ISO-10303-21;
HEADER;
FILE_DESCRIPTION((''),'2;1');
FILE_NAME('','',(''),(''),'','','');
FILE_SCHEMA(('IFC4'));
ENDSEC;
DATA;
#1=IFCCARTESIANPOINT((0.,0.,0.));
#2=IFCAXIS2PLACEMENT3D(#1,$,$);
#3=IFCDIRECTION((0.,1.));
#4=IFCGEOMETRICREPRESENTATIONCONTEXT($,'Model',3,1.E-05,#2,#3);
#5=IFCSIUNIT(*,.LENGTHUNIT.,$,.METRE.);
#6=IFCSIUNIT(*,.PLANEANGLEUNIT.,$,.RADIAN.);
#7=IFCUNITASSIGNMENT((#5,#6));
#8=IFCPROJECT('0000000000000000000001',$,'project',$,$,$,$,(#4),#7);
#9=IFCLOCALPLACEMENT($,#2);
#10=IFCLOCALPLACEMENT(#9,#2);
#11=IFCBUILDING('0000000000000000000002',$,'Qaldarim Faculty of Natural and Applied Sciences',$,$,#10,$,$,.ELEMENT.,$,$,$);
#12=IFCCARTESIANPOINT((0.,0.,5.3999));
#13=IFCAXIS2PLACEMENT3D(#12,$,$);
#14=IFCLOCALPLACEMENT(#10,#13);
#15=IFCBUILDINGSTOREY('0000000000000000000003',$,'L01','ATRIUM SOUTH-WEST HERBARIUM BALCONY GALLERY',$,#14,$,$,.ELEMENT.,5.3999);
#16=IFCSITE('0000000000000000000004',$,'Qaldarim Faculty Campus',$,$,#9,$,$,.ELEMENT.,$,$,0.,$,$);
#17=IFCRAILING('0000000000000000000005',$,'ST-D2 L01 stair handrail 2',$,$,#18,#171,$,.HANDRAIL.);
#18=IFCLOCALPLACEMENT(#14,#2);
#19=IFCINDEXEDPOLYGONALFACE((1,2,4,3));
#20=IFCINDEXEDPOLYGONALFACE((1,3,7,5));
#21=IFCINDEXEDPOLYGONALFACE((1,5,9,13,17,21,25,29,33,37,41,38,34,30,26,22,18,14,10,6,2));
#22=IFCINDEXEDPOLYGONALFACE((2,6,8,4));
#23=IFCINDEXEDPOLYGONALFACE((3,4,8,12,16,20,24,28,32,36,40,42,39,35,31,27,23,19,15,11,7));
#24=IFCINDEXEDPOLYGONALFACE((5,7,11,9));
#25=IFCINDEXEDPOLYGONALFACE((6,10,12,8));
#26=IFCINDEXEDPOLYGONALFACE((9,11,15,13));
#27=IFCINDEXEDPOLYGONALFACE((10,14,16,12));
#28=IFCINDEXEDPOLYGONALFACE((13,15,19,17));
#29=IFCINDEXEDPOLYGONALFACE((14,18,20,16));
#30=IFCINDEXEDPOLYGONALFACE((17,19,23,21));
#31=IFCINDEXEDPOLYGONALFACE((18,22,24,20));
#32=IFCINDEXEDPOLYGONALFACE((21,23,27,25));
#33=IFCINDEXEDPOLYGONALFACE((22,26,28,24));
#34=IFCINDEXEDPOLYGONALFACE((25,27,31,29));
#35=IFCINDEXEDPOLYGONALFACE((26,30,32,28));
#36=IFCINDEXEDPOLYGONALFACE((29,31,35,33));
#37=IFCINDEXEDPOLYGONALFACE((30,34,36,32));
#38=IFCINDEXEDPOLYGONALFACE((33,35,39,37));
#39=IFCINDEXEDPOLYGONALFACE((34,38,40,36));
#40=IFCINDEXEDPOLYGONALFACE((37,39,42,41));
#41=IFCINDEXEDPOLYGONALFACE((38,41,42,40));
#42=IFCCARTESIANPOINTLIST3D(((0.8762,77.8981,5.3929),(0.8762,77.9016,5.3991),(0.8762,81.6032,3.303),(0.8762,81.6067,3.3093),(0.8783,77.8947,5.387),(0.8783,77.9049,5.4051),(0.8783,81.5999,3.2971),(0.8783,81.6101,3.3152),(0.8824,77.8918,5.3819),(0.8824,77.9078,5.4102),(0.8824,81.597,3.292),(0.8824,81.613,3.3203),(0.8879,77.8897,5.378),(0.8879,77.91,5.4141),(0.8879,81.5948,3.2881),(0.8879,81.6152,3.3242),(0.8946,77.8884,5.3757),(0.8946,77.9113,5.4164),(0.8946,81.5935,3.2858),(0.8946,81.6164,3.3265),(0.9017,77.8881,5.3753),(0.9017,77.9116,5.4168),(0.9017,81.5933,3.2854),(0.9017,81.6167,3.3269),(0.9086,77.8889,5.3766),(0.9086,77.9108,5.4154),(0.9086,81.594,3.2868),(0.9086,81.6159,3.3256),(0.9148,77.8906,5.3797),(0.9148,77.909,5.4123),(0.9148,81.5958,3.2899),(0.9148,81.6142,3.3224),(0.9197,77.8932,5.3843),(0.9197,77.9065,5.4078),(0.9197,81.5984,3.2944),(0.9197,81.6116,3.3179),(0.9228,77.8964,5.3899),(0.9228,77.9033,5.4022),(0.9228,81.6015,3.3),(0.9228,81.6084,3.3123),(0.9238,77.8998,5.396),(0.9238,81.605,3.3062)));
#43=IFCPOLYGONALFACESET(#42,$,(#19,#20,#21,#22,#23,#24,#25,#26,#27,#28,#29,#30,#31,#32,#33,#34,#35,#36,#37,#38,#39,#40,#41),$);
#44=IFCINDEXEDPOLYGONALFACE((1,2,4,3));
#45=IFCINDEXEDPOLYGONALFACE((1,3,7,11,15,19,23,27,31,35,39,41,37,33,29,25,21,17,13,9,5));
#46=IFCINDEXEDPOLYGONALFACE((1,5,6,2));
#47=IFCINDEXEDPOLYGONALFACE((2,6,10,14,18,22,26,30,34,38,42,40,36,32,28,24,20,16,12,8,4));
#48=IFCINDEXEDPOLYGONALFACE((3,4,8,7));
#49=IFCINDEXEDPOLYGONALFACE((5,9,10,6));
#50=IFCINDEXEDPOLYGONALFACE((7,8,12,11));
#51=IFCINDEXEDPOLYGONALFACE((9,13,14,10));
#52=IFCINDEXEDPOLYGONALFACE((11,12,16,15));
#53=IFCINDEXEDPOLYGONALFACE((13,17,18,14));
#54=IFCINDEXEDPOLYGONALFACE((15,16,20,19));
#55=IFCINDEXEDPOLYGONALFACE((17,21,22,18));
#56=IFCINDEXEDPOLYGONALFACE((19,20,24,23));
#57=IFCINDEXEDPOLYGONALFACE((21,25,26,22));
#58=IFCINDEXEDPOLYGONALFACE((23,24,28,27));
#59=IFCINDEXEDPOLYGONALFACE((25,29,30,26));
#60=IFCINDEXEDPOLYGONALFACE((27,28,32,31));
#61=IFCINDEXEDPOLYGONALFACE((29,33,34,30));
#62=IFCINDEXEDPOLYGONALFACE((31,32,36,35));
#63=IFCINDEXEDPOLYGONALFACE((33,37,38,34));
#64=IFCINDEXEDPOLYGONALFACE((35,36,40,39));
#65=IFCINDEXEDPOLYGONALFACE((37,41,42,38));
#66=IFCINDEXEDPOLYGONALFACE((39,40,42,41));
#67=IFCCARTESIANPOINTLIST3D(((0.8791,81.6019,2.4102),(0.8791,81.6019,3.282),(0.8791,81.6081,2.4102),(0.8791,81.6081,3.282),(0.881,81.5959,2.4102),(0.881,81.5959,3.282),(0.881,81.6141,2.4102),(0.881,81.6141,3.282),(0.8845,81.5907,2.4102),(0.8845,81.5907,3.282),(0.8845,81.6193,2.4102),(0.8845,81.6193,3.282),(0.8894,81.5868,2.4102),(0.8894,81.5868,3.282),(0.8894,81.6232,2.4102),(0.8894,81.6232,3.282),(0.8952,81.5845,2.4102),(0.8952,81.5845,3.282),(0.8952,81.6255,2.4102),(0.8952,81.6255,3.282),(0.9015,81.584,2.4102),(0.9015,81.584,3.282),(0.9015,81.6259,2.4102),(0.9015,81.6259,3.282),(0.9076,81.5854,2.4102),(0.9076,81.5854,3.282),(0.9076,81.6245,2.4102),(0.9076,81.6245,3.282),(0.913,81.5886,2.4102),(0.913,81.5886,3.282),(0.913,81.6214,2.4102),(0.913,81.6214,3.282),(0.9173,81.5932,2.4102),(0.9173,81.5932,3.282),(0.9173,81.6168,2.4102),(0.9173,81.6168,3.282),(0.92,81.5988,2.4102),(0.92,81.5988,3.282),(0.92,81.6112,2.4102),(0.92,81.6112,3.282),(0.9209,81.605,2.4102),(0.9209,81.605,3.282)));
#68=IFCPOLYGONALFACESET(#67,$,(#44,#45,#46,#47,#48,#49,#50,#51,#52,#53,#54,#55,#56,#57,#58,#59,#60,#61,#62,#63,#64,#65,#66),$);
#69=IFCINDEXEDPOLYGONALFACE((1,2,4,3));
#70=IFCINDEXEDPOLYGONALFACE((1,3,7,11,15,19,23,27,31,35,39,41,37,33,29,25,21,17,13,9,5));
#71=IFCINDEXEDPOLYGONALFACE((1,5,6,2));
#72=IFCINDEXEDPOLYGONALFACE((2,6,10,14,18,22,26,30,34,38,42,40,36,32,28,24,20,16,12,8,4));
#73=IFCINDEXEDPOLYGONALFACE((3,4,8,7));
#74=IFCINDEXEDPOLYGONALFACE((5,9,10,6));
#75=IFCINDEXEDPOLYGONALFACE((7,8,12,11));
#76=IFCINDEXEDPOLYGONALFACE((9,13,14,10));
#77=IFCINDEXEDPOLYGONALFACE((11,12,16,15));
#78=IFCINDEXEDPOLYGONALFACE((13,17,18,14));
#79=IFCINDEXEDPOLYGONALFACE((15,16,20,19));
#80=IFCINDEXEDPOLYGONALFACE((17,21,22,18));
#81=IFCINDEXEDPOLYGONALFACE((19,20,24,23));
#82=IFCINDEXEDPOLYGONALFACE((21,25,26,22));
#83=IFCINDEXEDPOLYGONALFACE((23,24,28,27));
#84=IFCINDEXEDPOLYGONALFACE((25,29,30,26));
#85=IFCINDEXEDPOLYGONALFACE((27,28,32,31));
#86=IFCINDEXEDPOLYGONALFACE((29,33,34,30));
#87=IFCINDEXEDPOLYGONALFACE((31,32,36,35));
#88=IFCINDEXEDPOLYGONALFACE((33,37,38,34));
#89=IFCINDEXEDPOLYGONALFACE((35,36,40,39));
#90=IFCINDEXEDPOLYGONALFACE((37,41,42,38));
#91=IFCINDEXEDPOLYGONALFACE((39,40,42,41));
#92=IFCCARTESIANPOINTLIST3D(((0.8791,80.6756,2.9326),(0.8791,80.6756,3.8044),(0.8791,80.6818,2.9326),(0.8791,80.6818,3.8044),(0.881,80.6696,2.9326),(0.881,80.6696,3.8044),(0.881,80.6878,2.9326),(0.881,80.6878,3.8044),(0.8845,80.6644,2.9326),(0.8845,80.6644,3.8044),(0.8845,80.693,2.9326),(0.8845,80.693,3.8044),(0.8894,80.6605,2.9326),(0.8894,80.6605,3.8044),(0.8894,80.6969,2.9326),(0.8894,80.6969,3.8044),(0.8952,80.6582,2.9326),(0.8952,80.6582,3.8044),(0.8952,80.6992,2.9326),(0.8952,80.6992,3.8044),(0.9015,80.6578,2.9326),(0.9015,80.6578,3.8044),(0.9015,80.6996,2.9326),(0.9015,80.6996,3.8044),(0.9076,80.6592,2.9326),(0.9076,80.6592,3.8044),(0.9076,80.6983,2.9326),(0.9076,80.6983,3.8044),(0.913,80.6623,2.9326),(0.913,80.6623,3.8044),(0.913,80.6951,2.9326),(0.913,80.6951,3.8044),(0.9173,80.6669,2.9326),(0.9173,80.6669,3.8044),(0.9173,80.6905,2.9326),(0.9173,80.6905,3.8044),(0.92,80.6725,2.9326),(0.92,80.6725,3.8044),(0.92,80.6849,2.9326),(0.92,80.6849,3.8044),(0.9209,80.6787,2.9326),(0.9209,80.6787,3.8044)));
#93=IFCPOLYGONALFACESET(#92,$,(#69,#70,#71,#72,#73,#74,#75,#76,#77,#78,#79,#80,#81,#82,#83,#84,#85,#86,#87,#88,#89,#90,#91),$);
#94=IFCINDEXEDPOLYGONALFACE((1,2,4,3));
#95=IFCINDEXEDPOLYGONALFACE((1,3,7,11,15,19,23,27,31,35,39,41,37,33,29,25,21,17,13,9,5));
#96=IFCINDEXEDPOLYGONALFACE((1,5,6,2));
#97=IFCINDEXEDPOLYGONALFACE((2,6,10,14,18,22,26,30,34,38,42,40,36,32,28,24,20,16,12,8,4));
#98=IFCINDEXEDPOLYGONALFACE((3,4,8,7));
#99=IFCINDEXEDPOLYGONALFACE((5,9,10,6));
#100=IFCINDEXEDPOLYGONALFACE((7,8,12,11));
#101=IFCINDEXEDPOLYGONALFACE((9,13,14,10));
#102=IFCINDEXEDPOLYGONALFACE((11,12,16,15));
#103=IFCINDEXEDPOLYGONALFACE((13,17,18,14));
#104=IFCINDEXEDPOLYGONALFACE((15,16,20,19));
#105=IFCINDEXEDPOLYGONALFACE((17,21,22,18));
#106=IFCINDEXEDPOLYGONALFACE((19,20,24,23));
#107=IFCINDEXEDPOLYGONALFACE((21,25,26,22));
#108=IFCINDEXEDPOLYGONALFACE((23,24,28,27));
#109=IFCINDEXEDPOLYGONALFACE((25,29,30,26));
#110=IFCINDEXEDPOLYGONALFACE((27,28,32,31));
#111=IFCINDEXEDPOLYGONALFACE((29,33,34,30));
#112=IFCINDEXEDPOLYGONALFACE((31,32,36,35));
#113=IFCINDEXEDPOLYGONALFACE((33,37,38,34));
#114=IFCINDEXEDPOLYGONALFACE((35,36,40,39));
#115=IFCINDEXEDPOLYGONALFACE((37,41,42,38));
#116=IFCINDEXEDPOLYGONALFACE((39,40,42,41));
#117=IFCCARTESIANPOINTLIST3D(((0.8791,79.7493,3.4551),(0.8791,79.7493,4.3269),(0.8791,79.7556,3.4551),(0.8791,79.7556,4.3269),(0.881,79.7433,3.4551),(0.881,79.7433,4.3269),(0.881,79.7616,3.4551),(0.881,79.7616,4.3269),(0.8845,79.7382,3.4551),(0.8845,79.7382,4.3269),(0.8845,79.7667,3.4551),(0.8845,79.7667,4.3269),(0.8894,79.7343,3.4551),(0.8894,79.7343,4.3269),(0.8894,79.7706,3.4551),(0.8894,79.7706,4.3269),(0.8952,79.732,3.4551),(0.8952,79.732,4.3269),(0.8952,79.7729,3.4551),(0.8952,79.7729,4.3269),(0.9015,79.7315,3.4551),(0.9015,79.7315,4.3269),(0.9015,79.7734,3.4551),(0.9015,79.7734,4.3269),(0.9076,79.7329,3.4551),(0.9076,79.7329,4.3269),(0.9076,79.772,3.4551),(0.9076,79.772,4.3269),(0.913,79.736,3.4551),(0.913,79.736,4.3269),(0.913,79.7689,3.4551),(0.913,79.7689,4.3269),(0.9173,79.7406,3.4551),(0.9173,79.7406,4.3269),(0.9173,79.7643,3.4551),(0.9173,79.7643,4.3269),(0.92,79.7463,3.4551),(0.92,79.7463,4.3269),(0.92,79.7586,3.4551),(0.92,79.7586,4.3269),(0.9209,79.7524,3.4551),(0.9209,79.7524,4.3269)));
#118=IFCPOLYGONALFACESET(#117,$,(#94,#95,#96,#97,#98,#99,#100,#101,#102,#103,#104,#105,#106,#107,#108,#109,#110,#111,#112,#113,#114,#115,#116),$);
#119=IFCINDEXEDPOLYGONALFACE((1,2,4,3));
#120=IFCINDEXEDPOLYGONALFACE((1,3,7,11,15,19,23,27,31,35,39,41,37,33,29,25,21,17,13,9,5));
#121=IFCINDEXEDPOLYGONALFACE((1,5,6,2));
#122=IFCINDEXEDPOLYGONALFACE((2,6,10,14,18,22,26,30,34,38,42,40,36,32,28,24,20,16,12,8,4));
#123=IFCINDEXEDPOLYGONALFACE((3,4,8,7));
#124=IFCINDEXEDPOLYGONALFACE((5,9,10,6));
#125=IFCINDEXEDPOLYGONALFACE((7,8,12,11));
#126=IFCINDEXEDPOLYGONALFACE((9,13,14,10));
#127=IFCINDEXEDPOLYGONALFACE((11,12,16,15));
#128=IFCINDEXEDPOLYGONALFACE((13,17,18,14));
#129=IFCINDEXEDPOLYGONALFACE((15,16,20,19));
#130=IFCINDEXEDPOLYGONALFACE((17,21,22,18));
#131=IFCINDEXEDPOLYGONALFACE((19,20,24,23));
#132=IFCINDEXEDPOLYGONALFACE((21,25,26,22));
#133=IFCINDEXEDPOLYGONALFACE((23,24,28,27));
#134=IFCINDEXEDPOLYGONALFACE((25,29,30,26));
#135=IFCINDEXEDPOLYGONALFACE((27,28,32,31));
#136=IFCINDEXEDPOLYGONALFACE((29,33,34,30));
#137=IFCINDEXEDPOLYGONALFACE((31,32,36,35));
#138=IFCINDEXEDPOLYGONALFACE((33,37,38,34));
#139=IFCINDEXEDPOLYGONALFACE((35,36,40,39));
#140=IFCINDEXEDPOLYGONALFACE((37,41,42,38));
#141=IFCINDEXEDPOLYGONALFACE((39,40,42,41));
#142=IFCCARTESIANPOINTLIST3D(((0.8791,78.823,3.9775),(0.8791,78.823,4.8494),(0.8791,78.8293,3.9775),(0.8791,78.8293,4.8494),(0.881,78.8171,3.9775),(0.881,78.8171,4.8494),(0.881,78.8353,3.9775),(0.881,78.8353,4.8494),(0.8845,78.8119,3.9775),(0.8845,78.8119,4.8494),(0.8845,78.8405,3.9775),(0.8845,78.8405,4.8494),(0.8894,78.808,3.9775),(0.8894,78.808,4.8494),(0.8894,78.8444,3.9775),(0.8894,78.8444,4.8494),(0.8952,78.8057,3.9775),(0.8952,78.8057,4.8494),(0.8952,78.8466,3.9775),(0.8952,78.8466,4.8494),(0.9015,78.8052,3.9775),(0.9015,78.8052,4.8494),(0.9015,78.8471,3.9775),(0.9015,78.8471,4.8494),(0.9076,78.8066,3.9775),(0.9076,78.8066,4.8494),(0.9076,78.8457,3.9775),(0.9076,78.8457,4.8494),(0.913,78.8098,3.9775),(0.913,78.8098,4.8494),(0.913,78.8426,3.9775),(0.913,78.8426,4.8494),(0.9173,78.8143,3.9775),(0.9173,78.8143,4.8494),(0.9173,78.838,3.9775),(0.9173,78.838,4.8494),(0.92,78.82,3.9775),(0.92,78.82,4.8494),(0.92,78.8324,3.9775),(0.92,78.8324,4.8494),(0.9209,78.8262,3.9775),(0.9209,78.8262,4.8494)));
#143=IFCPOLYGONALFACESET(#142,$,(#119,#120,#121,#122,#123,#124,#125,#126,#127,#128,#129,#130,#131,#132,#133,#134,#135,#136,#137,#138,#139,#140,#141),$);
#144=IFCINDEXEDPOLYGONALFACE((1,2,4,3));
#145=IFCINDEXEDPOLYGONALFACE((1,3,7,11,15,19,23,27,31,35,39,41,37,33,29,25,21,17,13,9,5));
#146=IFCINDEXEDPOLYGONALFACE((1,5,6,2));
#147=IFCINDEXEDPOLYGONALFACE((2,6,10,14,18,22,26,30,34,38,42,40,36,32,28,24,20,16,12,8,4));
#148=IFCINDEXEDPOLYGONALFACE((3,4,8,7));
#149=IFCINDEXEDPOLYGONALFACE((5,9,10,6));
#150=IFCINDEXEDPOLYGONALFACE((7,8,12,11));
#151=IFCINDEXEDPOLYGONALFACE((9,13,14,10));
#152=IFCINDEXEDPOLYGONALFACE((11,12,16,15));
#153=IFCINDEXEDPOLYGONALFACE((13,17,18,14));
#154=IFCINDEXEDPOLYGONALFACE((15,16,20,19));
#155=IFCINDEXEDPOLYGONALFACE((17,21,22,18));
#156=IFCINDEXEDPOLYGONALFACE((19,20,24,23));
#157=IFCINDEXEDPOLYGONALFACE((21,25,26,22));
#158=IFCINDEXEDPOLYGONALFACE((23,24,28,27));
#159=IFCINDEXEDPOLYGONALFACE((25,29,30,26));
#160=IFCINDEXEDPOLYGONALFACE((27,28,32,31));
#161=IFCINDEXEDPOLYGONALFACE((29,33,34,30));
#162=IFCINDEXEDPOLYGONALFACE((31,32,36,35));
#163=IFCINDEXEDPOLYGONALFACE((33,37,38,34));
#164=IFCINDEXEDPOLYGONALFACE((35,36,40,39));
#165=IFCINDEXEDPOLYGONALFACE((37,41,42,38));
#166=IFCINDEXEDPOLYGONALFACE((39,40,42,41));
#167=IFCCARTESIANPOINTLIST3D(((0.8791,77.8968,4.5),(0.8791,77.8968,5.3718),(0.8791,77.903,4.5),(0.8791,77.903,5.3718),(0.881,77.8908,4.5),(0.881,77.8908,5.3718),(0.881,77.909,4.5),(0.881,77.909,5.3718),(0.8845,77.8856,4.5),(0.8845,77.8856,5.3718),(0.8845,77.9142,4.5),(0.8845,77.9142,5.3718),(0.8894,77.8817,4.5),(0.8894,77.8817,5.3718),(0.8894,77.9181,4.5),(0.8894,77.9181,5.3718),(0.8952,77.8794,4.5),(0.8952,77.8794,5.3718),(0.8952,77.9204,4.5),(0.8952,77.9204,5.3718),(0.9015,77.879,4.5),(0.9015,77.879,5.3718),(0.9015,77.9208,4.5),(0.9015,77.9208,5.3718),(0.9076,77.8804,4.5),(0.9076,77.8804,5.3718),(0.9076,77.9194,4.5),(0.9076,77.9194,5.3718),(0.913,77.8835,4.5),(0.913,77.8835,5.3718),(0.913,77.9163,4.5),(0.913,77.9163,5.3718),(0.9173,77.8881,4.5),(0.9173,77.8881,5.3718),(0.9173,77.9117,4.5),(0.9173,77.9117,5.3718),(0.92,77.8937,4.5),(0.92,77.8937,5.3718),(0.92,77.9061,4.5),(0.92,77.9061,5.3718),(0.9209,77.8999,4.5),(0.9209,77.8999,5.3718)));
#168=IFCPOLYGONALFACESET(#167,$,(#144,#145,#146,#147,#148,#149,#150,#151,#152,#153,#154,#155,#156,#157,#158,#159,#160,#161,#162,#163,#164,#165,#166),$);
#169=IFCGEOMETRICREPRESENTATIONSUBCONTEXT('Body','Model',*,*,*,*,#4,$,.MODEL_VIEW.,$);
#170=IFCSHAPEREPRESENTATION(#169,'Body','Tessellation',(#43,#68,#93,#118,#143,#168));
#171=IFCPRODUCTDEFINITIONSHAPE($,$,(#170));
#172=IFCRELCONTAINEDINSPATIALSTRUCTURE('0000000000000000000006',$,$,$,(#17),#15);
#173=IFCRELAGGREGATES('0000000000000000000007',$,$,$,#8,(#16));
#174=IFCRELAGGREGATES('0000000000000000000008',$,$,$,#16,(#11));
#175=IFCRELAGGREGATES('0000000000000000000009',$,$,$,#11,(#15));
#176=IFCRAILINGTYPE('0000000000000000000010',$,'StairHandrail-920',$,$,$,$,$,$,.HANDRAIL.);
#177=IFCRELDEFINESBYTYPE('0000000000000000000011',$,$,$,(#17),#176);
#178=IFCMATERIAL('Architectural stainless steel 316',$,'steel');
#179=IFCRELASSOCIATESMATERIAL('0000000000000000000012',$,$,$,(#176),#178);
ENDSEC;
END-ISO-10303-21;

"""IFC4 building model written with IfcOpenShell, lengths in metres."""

from ifc_helpers import new_model, si_unit, direction, frame, origin, origin_2d, place, context, subcontext, project, spatial, circle, extrude, material, type_object, element, save


model = new_model("IFC4")

# Units and contexts
model_context = context("Model", 3, precision=1e-05, world=origin(), true_north=direction((0.0, 1.0)))
body_context = subcontext(model_context, "Body", "Model", "MODEL_VIEW")
ifc_project = project(units=[si_unit("LENGTHUNIT", "METRE"), si_unit("PLANEANGLEUNIT", "RADIAN")], contexts=[model_context])

# Site, building, storey
site_placement = place(None, origin())
site = spatial("IfcSite", under=ifc_project, at=site_placement, Name="Qaldarim Faculty Campus", CompositionType="ELEMENT", RefElevation=0.0)
building_placement = place(site_placement, origin())
building = spatial("IfcBuilding", under=site, at=building_placement, Name="Qaldarim Faculty of Natural and Applied Sciences", CompositionType="ELEMENT")
storey_placement = place(building_placement, frame((0.0, 0.0, 5.3999)))
storey = spatial("IfcBuildingStorey", under=building, at=storey_placement, Name="L01", Description="ATRIUM SOUTH-WEST HERBARIUM BALCONY GALLERY", CompositionType="ELEMENT", Elevation=5.3999)

# Shared definitions
ifc_material_1 = material(Name="Architectural stainless steel 316", Category="steel")

# Railing
railing_type_1 = type_object("IfcRailingType", Name="StairHandrail-920", PredefinedType="HANDRAIL", material=ifc_material_1)
railing_1_placement = place(storey_placement, frame((0.8999, 81.605, 2.4102)))
element("IfcRailing", 1, at=railing_1_placement, inside=storey, type_object=railing_type_1, Name="ST-D2 L01 stair handrail 2", PredefinedType="HANDRAIL", context=body_context, shape_type="SweptSolid", body=[
    extrude(circle(Radius=0.0239, at=origin_2d()), frame((0.0, 0.0, 0.896), z_axis=(0.0, -0.870999, 0.491285), x_axis=(1.0, 0.0, 0.0)), (0.0, 0.0, 1.0), 4.2539),
    extrude(circle(Radius=0.021, at=origin_2d()), origin(), (0.0, 0.0, 1.0), 0.8718),
    extrude(circle(Radius=0.021, at=origin_2d()), frame((0.0, -0.9263, 0.5225)), (0.0, 0.0, 1.0), 0.8718),
    extrude(circle(Radius=0.021, at=origin_2d()), frame((0.0, -1.8525, 1.0449)), (0.0, 0.0, 1.0), 0.8718),
    extrude(circle(Radius=0.021, at=origin_2d()), frame((0.0, -2.7788, 1.5674)), (0.0, 0.0, 1.0), 0.8718),
    extrude(circle(Radius=0.021, at=origin_2d()), frame((0.0, -3.7051, 2.0898)), (0.0, 0.0, 1.0), 0.8718),
])

save(model, "model.ifc")
